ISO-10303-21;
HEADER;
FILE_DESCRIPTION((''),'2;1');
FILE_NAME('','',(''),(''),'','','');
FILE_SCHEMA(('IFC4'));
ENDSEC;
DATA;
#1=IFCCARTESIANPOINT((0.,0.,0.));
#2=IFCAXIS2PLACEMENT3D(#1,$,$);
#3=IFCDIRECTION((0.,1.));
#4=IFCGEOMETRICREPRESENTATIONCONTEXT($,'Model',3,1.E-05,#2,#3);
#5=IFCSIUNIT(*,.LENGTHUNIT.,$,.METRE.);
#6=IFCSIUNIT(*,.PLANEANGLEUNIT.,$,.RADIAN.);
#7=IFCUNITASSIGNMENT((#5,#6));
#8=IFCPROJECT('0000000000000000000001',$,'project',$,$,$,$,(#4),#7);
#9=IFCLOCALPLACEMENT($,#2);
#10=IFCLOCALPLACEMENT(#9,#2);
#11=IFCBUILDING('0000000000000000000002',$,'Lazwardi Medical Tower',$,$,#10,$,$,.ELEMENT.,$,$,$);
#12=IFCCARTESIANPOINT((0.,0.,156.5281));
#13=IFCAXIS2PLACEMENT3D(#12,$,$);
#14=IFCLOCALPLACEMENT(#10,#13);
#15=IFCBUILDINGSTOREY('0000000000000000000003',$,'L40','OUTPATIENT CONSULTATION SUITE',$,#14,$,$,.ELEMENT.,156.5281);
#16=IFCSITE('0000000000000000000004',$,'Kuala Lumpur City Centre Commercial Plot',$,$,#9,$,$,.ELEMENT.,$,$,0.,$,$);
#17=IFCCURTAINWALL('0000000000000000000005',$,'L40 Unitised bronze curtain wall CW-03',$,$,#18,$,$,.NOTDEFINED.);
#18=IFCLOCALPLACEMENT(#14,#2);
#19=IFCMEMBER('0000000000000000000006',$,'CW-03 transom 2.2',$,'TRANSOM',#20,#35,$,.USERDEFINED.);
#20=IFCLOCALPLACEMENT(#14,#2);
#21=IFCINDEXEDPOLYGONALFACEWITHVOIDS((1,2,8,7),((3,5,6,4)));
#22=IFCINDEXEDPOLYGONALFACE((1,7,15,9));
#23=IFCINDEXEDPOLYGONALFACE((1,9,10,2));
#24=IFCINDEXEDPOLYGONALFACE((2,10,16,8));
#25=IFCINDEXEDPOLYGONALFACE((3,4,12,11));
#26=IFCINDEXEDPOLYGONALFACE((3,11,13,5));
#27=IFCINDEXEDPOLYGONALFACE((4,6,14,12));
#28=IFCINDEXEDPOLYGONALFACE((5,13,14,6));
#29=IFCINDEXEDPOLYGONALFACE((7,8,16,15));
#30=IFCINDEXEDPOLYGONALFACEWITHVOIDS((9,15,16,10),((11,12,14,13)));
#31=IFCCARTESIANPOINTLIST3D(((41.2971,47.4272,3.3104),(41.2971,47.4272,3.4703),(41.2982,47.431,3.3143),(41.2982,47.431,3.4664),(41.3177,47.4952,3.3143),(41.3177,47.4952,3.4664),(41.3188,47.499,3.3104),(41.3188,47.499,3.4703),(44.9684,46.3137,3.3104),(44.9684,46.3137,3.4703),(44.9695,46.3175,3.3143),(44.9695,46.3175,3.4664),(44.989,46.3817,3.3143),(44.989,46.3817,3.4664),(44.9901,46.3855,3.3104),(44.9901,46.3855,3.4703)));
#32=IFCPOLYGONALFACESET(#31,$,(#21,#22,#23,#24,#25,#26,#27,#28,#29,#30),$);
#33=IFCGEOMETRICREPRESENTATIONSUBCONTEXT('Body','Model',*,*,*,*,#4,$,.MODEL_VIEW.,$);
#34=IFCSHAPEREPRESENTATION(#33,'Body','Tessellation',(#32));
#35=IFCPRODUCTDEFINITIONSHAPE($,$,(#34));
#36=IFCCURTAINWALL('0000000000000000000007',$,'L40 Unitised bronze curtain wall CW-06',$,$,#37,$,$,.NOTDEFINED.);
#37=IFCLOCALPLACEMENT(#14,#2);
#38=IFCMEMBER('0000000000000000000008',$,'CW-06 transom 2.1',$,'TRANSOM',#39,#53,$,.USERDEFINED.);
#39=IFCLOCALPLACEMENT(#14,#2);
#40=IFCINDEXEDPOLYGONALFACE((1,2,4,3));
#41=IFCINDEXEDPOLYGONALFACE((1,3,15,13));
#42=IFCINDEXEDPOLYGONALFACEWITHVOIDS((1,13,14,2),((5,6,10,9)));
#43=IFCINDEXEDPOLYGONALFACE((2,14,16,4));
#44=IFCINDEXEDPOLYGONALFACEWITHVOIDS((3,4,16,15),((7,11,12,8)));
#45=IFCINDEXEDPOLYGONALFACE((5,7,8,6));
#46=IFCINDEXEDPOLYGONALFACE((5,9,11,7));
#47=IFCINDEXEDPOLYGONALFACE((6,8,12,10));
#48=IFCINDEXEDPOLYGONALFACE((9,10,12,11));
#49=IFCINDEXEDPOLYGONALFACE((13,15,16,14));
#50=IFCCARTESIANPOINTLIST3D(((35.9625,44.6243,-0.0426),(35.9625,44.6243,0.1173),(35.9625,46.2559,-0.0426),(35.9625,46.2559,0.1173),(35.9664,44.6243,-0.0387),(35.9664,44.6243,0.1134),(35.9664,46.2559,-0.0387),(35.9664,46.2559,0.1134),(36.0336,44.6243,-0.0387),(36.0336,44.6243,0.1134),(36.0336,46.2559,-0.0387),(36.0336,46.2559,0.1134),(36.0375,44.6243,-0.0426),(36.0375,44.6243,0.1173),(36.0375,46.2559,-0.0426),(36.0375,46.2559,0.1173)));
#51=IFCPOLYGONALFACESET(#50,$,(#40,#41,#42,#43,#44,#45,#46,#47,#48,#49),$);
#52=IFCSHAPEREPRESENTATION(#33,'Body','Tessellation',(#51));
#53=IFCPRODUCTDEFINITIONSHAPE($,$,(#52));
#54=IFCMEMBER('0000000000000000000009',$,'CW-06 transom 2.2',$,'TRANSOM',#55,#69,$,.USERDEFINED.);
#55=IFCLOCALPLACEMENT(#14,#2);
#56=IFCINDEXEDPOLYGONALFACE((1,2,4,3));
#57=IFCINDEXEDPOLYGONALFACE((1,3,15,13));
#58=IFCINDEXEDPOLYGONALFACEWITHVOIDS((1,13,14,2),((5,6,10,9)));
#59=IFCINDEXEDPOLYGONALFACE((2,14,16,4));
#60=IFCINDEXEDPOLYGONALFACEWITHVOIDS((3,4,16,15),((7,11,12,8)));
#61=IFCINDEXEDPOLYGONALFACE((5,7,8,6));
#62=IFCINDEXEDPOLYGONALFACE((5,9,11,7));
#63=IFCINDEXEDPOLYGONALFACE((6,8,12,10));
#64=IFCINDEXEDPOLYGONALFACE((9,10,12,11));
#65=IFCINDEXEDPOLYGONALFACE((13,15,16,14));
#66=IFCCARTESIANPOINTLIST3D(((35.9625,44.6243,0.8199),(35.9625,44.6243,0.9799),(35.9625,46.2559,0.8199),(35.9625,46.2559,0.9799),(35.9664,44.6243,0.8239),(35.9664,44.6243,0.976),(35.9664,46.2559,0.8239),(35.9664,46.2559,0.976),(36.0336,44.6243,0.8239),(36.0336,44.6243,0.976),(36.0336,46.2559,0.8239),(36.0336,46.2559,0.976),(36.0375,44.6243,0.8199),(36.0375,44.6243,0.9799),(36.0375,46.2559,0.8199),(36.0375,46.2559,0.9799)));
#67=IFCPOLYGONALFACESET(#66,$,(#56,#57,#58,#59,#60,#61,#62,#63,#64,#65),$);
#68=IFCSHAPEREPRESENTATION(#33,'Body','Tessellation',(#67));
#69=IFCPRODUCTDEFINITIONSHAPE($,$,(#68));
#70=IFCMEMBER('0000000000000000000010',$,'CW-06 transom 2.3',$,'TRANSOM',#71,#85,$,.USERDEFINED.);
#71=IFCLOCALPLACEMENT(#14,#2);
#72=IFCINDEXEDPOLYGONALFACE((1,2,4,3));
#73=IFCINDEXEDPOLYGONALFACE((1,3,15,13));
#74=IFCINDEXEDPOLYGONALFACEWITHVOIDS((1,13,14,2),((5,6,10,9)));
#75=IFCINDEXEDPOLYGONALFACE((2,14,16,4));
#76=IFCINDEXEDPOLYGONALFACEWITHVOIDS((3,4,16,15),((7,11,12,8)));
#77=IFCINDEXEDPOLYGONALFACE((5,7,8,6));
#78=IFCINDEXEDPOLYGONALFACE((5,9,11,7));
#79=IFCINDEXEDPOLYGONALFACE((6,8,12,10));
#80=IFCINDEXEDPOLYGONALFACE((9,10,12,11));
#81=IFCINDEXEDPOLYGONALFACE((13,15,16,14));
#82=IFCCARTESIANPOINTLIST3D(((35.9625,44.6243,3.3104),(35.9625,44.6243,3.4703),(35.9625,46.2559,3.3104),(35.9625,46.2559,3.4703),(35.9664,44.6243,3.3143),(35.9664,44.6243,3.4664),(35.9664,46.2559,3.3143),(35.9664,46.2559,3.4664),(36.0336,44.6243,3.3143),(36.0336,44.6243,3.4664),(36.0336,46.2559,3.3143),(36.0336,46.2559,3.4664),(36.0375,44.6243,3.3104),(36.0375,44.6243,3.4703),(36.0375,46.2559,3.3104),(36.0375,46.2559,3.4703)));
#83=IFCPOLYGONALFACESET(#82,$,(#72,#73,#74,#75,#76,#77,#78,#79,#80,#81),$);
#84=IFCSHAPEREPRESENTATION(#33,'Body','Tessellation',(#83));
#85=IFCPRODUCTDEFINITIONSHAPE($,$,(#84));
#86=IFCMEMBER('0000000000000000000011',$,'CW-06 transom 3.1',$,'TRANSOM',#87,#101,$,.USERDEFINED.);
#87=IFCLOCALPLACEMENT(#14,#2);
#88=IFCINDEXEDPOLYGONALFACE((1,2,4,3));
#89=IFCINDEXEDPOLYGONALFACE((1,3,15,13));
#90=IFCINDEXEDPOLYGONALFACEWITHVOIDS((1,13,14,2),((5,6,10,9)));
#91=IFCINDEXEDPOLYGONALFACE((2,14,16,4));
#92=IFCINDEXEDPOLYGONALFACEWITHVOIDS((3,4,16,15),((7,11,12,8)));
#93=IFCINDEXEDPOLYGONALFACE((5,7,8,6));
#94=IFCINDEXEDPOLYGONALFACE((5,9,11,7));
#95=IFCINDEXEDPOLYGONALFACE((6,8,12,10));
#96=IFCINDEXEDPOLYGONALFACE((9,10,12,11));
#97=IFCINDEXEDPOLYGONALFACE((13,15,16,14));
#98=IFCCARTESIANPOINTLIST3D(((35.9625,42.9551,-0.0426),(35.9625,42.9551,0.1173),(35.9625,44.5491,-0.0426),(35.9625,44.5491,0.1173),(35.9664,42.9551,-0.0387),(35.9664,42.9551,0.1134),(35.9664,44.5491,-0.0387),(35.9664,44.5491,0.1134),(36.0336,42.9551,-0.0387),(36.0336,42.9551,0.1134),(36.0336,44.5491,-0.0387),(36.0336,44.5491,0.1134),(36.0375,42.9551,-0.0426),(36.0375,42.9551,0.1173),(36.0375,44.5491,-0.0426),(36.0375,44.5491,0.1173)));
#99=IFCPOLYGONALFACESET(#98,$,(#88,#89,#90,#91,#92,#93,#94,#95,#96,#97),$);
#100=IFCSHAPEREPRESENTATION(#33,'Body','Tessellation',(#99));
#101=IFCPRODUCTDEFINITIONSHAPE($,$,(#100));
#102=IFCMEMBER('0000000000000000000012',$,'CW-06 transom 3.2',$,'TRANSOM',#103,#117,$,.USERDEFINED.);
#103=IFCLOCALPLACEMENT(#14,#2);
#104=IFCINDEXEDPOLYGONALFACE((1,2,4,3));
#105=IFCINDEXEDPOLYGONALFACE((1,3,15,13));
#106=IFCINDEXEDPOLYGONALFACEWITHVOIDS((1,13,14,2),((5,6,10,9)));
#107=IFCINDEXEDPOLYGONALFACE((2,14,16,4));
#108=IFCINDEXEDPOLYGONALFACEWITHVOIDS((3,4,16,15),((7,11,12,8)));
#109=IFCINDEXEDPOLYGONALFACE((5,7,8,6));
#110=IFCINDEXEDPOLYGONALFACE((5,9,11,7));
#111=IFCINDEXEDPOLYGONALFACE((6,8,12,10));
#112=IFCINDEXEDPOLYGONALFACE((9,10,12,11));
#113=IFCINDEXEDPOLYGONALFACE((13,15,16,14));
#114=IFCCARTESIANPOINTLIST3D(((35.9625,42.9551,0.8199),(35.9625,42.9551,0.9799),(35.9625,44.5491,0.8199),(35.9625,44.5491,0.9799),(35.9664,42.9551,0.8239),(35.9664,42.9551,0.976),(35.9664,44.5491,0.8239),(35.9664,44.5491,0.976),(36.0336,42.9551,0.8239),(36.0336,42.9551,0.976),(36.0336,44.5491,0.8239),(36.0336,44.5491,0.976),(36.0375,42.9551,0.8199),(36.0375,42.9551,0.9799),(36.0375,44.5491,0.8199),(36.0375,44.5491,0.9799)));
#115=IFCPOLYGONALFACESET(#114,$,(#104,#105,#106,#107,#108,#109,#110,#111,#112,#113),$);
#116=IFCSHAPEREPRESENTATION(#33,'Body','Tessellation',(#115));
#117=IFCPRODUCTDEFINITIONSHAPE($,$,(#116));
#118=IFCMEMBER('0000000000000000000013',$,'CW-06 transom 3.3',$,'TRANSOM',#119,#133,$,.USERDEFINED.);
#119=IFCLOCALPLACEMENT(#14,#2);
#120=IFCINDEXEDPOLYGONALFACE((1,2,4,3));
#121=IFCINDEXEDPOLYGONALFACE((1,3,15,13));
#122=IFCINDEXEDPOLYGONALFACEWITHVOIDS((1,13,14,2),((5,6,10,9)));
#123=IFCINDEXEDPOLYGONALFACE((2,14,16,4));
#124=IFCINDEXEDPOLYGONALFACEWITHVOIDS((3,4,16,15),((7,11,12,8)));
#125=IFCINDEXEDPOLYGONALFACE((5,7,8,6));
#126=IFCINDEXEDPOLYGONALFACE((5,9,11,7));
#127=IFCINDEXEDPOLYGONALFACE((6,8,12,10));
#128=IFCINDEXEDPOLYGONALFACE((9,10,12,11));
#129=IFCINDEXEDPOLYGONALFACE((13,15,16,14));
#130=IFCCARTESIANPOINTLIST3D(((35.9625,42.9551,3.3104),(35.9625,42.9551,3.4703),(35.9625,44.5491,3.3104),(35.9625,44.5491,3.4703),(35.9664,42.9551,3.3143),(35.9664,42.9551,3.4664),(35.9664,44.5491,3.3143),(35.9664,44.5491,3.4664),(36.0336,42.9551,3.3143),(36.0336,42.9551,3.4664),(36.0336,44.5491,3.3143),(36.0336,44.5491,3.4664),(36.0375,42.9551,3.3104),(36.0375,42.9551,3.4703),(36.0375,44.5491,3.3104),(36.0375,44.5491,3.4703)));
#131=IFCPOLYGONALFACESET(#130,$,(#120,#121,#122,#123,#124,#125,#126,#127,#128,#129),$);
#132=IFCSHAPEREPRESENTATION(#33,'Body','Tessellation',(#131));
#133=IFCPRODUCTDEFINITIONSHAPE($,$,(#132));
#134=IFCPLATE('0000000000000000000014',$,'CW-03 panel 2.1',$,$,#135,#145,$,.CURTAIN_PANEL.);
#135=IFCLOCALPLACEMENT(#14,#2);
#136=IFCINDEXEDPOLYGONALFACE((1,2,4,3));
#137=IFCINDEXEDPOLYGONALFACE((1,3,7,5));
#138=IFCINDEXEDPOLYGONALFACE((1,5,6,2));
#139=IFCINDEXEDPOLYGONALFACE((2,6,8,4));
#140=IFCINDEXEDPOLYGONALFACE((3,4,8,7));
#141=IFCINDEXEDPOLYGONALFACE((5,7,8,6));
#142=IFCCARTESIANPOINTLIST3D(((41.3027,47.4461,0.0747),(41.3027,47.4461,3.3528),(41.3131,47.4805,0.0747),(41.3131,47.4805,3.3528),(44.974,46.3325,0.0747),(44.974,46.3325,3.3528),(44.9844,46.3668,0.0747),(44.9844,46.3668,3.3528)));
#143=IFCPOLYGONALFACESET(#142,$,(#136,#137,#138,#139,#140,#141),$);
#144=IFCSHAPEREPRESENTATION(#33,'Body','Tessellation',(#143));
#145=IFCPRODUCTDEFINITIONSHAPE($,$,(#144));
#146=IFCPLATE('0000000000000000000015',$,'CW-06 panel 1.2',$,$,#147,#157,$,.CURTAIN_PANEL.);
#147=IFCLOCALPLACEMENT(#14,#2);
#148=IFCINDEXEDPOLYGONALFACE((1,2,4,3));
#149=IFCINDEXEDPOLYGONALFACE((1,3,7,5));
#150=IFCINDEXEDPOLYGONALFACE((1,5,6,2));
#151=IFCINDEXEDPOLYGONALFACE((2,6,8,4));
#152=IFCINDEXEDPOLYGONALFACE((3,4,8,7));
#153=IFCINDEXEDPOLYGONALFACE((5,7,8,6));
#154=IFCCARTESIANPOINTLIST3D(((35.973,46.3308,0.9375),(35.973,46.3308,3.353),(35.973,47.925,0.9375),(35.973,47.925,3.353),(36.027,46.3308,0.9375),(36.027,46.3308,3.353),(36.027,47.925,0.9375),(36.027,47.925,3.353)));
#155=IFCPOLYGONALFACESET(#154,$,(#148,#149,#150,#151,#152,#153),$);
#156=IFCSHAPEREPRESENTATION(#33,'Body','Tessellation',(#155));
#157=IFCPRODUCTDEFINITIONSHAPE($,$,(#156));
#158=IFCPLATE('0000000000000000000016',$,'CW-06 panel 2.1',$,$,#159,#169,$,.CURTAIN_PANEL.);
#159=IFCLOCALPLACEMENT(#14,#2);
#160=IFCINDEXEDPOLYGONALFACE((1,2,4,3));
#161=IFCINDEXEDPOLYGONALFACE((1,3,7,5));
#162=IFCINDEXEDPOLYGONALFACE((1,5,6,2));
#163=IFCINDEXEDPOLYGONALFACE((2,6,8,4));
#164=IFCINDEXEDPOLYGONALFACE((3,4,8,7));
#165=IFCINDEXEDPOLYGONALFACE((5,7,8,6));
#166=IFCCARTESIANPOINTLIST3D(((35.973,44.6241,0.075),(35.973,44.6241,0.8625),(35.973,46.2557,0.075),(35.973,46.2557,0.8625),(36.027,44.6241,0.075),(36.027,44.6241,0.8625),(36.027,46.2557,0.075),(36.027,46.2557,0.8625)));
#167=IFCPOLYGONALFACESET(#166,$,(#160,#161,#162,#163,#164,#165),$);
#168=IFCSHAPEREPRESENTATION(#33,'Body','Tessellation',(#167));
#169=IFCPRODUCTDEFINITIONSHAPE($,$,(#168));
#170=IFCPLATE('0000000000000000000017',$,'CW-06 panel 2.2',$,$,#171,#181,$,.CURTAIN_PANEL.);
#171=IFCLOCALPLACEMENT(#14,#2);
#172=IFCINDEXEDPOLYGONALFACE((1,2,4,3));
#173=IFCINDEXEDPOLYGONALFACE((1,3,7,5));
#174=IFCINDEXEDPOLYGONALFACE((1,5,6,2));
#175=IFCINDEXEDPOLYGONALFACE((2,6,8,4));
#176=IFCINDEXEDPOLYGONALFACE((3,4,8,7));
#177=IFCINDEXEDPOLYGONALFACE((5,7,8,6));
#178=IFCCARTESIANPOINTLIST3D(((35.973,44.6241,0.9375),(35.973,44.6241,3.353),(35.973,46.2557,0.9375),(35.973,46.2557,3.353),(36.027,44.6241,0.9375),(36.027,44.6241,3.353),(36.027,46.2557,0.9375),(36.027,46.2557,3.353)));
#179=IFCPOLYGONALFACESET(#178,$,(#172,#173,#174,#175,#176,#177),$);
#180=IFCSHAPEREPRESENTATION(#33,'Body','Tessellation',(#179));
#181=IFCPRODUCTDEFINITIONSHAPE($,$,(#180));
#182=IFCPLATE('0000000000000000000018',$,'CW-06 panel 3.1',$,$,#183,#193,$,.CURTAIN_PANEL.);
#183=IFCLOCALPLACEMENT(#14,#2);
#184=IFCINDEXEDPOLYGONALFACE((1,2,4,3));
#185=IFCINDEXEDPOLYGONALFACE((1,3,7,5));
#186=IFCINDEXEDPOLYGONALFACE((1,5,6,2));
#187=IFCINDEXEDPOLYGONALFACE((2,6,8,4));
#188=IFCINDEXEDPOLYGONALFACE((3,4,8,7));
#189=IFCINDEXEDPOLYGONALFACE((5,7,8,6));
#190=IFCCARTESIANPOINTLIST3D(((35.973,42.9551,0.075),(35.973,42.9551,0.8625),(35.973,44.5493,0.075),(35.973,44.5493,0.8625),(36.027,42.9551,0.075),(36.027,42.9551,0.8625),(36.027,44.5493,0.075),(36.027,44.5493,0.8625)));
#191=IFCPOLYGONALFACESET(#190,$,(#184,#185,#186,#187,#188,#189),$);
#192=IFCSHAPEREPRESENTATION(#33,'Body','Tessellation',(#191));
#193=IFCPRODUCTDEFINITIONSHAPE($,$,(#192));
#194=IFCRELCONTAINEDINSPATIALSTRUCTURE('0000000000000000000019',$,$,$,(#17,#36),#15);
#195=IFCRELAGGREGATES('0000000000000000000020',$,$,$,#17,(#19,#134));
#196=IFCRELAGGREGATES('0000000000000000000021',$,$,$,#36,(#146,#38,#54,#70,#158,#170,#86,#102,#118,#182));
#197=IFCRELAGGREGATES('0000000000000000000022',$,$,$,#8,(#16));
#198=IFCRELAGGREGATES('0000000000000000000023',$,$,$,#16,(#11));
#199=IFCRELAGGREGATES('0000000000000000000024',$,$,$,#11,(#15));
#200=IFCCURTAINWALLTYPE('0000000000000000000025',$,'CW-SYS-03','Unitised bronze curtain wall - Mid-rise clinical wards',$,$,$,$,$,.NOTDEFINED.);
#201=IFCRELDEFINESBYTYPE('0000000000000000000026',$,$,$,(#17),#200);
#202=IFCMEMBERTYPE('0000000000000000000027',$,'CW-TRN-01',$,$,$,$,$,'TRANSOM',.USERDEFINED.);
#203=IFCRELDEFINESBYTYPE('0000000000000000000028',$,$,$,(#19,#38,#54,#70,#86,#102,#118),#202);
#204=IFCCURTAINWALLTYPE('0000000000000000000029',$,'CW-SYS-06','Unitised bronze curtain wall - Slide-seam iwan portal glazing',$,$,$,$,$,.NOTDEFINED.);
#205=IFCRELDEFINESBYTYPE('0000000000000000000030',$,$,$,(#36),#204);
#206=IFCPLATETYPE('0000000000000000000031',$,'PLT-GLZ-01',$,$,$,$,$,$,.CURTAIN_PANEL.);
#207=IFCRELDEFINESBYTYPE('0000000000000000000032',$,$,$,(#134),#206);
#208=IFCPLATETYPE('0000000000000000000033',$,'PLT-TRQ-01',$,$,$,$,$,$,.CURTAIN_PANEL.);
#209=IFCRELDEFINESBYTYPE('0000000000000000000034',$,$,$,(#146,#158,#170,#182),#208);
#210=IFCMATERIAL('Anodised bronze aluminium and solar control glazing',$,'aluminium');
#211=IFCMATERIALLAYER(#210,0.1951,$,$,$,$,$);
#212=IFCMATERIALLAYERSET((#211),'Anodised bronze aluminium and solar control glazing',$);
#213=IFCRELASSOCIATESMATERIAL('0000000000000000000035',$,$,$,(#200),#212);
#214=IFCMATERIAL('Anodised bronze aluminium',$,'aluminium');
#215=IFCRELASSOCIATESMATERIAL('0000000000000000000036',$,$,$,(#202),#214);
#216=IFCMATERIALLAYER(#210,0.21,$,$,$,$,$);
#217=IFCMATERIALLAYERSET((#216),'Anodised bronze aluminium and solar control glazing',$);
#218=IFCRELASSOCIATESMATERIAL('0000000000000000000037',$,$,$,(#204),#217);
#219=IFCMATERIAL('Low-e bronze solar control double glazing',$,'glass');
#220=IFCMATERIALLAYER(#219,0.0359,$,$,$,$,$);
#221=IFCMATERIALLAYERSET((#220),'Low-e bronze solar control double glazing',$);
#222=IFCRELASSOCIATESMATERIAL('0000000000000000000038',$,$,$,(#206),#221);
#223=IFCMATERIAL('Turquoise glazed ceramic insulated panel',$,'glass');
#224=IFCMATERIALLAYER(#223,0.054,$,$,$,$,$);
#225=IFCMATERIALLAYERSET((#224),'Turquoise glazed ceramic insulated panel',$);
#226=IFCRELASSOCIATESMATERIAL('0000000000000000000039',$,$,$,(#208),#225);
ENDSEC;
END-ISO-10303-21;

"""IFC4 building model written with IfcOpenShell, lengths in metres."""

from ifc_helpers import new_model, si_unit, direction, frame, origin, origin_2d, place, context, subcontext, project, spatial, rectangle, hollow_rectangle, extrude, material, layer, layer_set, material_profile, profile_set, type_object, element, aggregate, save


model = new_model("IFC4")

# Units and contexts
model_context = context("Model", 3, precision=1e-05, world=origin(), true_north=direction((0.0, 1.0)))
body_context = subcontext(model_context, "Body", "Model", "MODEL_VIEW")
ifc_project = project(units=[si_unit("LENGTHUNIT", "METRE"), si_unit("PLANEANGLEUNIT", "RADIAN")], contexts=[model_context])

# Site, building, storey
site_placement = place(None, origin())
site = spatial("IfcSite", under=ifc_project, at=site_placement, Name="Kuala Lumpur City Centre Commercial Plot", CompositionType="ELEMENT", RefElevation=0.0)
building_placement = place(site_placement, origin())
building = spatial("IfcBuilding", under=site, at=building_placement, Name="Lazwardi Medical Tower", CompositionType="ELEMENT")
storey_placement = place(building_placement, frame((0.0, 0.0, 156.5281)))
storey = spatial("IfcBuildingStorey", under=building, at=storey_placement, Name="L40", Description="OUTPATIENT CONSULTATION SUITE", CompositionType="ELEMENT", Elevation=156.5281)

# Curtain walls, members
ifc_material_1 = material(Name="Anodised bronze aluminium and solar control glazing", Category="aluminium")
ifc_layer_1 = layer(ifc_material_1, 0.1951)
ifc_layer_set_1 = layer_set([ifc_layer_1], Name="Anodised bronze aluminium and solar control glazing")
curtain_wall_type_1 = type_object("IfcCurtainWallType", Name="CW-SYS-03", Description="Unitised bronze curtain wall - Mid-rise clinical wards", PredefinedType="NOTDEFINED", material=ifc_layer_set_1)
curtain_wall_1_placement = place(storey_placement, origin())
curtain_wall_1 = element("IfcCurtainWall", 1, at=curtain_wall_1_placement, inside=storey, type_object=curtain_wall_type_1, Name="L40 Unitised bronze curtain wall CW-03", PredefinedType="NOTDEFINED")
ifc_material_2 = material(Name="Anodised bronze aluminium", Category="aluminium")
ifc_material_profile_1 = material_profile(ifc_material_2, hollow_rectangle(XDim=0.075, YDim=0.1599, WallThickness=0.0039, at=origin_2d()), Name="ALU-TRANSOM 160x75x4")
ifc_profile_set_1 = profile_set([ifc_material_profile_1], Name="Anodised bronze aluminium")
member_type_1 = type_object("IfcMemberType", Name="CW-TRN-01", ElementType="TRANSOM", PredefinedType="USERDEFINED", material=ifc_profile_set_1)
member_1_placement = place(storey_placement, frame((44.9792, 46.3496, 3.3904), z_axis=(-0.956953, 0.290242, 0.0), x_axis=(-0.290242, -0.956953, 0.0)))
member_1 = element("IfcMember", 2, at=member_1_placement, type_object=member_type_1, Name="CW-03 transom 2.2", ObjectType="TRANSOM", PredefinedType="USERDEFINED", context=body_context, shape_type="SweptSolid", body=[
    extrude(hollow_rectangle(XDim=0.075, YDim=0.1599, WallThickness=0.0039, at=origin_2d()), origin(), (0.0, 0.0, 1.0), 3.8364),
])
ifc_layer_2 = layer(ifc_material_1, 0.21)
ifc_layer_set_2 = layer_set([ifc_layer_2], Name="Anodised bronze aluminium and solar control glazing")
curtain_wall_type_2 = type_object("IfcCurtainWallType", Name="CW-SYS-06", Description="Unitised bronze curtain wall - Slide-seam iwan portal glazing", PredefinedType="NOTDEFINED", material=ifc_layer_set_2)
curtain_wall_2_placement = place(storey_placement, origin())
curtain_wall_2 = element("IfcCurtainWall", 3, at=curtain_wall_2_placement, inside=storey, type_object=curtain_wall_type_2, Name="L40 Unitised bronze curtain wall CW-06", PredefinedType="NOTDEFINED")
member_2_placement = place(storey_placement, frame((36.0, 46.2559, 0.0374), z_axis=(0.0, -1.0, 0.0), x_axis=(1.0, 0.0, 0.0)))
member_2 = element("IfcMember", 4, at=member_2_placement, type_object=member_type_1, Name="CW-06 transom 2.1", ObjectType="TRANSOM", PredefinedType="USERDEFINED", context=body_context, shape_type="SweptSolid", body=[
    extrude(hollow_rectangle(XDim=0.075, YDim=0.1599, WallThickness=0.0039, at=origin_2d()), origin(), (0.0, 0.0, 1.0), 1.6316),
])
member_3_placement = place(storey_placement, frame((36.0, 46.2559, 0.8999), z_axis=(0.0, -1.0, 0.0), x_axis=(1.0, 0.0, 0.0)))
member_3 = element("IfcMember", 5, at=member_3_placement, type_object=member_type_1, Name="CW-06 transom 2.2", ObjectType="TRANSOM", PredefinedType="USERDEFINED", context=body_context, shape_type="SweptSolid", body=[
    extrude(hollow_rectangle(XDim=0.075, YDim=0.1599, WallThickness=0.0039, at=origin_2d()), origin(), (0.0, 0.0, 1.0), 1.6316),
])
member_4_placement = place(storey_placement, frame((36.0, 46.2559, 3.3904), z_axis=(0.0, -1.0, 0.0), x_axis=(1.0, 0.0, 0.0)))
member_4 = element("IfcMember", 6, at=member_4_placement, type_object=member_type_1, Name="CW-06 transom 2.3", ObjectType="TRANSOM", PredefinedType="USERDEFINED", context=body_context, shape_type="SweptSolid", body=[
    extrude(hollow_rectangle(XDim=0.075, YDim=0.1599, WallThickness=0.0039, at=origin_2d()), origin(), (0.0, 0.0, 1.0), 1.6316),
])
member_5_placement = place(storey_placement, frame((36.0, 44.5491, 0.0374), z_axis=(0.0, -1.0, 0.0), x_axis=(1.0, 0.0, 0.0)))
member_5 = element("IfcMember", 7, at=member_5_placement, type_object=member_type_1, Name="CW-06 transom 3.1", ObjectType="TRANSOM", PredefinedType="USERDEFINED", context=body_context, shape_type="SweptSolid", body=[
    extrude(hollow_rectangle(XDim=0.075, YDim=0.1599, WallThickness=0.0039, at=origin_2d()), origin(), (0.0, 0.0, 1.0), 1.594),
])
member_6_placement = place(storey_placement, frame((36.0, 44.5491, 0.8999), z_axis=(0.0, -1.0, 0.0), x_axis=(1.0, 0.0, 0.0)))
member_6 = element("IfcMember", 8, at=member_6_placement, type_object=member_type_1, Name="CW-06 transom 3.2", ObjectType="TRANSOM", PredefinedType="USERDEFINED", context=body_context, shape_type="SweptSolid", body=[
    extrude(hollow_rectangle(XDim=0.075, YDim=0.1599, WallThickness=0.0039, at=origin_2d()), origin(), (0.0, 0.0, 1.0), 1.594),
])
member_7_placement = place(storey_placement, frame((36.0, 44.5491, 3.3904), z_axis=(0.0, -1.0, 0.0), x_axis=(1.0, 0.0, 0.0)))
member_7 = element("IfcMember", 9, at=member_7_placement, type_object=member_type_1, Name="CW-06 transom 3.3", ObjectType="TRANSOM", PredefinedType="USERDEFINED", context=body_context, shape_type="SweptSolid", body=[
    extrude(hollow_rectangle(XDim=0.075, YDim=0.1599, WallThickness=0.0039, at=origin_2d()), origin(), (0.0, 0.0, 1.0), 1.594),
])

# Plates
ifc_material_3 = material(Name="Low-e bronze solar control double glazing", Category="glass")
ifc_layer_3 = layer(ifc_material_3, 0.0359)
ifc_layer_set_3 = layer_set([ifc_layer_3], Name="Low-e bronze solar control double glazing")
plate_type_1 = type_object("IfcPlateType", Name="PLT-GLZ-01", PredefinedType="CURTAIN_PANEL", material=ifc_layer_set_3)
plate_1_placement = place(storey_placement, frame((43.1436, 46.9065, 0.0747), z_axis=(0.0, 0.0, 1.0), x_axis=(-0.956942, 0.290281, 0.0)))
plate_1 = element("IfcPlate", 10, at=plate_1_placement, type_object=plate_type_1, Name="CW-03 panel 2.1", PredefinedType="CURTAIN_PANEL", context=body_context, shape_type="SweptSolid", body=[
    extrude(rectangle(XDim=3.8364, YDim=0.0359, at=origin_2d()), origin(), (0.0, 0.0, 1.0), 3.2781),
])
aggregate(curtain_wall_1, [member_1, plate_1])
ifc_material_4 = material(Name="Turquoise glazed ceramic insulated panel", Category="glass")
ifc_layer_4 = layer(ifc_material_4, 0.054)
ifc_layer_set_4 = layer_set([ifc_layer_4], Name="Turquoise glazed ceramic insulated panel")
plate_type_2 = type_object("IfcPlateType", Name="PLT-TRQ-01", PredefinedType="CURTAIN_PANEL", material=ifc_layer_set_4)
plate_2_placement = place(storey_placement, frame((36.0, 47.1279, 0.9375), z_axis=(0.0, 0.0, 1.0), x_axis=(0.0, -1.0, 0.0)))
plate_2 = element("IfcPlate", 11, at=plate_2_placement, type_object=plate_type_2, Name="CW-06 panel 1.2", PredefinedType="CURTAIN_PANEL", context=body_context, shape_type="SweptSolid", body=[
    extrude(rectangle(XDim=1.5942, YDim=0.054, at=origin_2d()), origin(), (0.0, 0.0, 1.0), 2.4155),
])
plate_3_placement = place(storey_placement, frame((36.0, 45.4399, 0.075), z_axis=(0.0, 0.0, 1.0), x_axis=(0.0, -1.0, 0.0)))
plate_3 = element("IfcPlate", 12, at=plate_3_placement, type_object=plate_type_2, Name="CW-06 panel 2.1", PredefinedType="CURTAIN_PANEL", context=body_context, shape_type="SweptSolid", body=[
    extrude(rectangle(XDim=1.6316, YDim=0.054, at=origin_2d()), origin(), (0.0, 0.0, 1.0), 0.7876),
])
plate_4_placement = place(storey_placement, frame((36.0, 45.4399, 0.9375), z_axis=(0.0, 0.0, 1.0), x_axis=(0.0, -1.0, 0.0)))
plate_4 = element("IfcPlate", 13, at=plate_4_placement, type_object=plate_type_2, Name="CW-06 panel 2.2", PredefinedType="CURTAIN_PANEL", context=body_context, shape_type="SweptSolid", body=[
    extrude(rectangle(XDim=1.6316, YDim=0.054, at=origin_2d()), origin(), (0.0, 0.0, 1.0), 2.4155),
])
plate_5_placement = place(storey_placement, frame((36.0, 43.7522, 0.075), z_axis=(0.0, 0.0, 1.0), x_axis=(0.0, -1.0, 0.0)))
plate_5 = element("IfcPlate", 14, at=plate_5_placement, type_object=plate_type_2, Name="CW-06 panel 3.1", PredefinedType="CURTAIN_PANEL", context=body_context, shape_type="SweptSolid", body=[
    extrude(rectangle(XDim=1.5942, YDim=0.054, at=origin_2d()), origin(), (0.0, 0.0, 1.0), 0.7876),
])
aggregate(curtain_wall_2, [plate_2, member_2, member_3, member_4, plate_3, plate_4, member_5, member_6, member_7, plate_5])

save(model, "model.ifc")
